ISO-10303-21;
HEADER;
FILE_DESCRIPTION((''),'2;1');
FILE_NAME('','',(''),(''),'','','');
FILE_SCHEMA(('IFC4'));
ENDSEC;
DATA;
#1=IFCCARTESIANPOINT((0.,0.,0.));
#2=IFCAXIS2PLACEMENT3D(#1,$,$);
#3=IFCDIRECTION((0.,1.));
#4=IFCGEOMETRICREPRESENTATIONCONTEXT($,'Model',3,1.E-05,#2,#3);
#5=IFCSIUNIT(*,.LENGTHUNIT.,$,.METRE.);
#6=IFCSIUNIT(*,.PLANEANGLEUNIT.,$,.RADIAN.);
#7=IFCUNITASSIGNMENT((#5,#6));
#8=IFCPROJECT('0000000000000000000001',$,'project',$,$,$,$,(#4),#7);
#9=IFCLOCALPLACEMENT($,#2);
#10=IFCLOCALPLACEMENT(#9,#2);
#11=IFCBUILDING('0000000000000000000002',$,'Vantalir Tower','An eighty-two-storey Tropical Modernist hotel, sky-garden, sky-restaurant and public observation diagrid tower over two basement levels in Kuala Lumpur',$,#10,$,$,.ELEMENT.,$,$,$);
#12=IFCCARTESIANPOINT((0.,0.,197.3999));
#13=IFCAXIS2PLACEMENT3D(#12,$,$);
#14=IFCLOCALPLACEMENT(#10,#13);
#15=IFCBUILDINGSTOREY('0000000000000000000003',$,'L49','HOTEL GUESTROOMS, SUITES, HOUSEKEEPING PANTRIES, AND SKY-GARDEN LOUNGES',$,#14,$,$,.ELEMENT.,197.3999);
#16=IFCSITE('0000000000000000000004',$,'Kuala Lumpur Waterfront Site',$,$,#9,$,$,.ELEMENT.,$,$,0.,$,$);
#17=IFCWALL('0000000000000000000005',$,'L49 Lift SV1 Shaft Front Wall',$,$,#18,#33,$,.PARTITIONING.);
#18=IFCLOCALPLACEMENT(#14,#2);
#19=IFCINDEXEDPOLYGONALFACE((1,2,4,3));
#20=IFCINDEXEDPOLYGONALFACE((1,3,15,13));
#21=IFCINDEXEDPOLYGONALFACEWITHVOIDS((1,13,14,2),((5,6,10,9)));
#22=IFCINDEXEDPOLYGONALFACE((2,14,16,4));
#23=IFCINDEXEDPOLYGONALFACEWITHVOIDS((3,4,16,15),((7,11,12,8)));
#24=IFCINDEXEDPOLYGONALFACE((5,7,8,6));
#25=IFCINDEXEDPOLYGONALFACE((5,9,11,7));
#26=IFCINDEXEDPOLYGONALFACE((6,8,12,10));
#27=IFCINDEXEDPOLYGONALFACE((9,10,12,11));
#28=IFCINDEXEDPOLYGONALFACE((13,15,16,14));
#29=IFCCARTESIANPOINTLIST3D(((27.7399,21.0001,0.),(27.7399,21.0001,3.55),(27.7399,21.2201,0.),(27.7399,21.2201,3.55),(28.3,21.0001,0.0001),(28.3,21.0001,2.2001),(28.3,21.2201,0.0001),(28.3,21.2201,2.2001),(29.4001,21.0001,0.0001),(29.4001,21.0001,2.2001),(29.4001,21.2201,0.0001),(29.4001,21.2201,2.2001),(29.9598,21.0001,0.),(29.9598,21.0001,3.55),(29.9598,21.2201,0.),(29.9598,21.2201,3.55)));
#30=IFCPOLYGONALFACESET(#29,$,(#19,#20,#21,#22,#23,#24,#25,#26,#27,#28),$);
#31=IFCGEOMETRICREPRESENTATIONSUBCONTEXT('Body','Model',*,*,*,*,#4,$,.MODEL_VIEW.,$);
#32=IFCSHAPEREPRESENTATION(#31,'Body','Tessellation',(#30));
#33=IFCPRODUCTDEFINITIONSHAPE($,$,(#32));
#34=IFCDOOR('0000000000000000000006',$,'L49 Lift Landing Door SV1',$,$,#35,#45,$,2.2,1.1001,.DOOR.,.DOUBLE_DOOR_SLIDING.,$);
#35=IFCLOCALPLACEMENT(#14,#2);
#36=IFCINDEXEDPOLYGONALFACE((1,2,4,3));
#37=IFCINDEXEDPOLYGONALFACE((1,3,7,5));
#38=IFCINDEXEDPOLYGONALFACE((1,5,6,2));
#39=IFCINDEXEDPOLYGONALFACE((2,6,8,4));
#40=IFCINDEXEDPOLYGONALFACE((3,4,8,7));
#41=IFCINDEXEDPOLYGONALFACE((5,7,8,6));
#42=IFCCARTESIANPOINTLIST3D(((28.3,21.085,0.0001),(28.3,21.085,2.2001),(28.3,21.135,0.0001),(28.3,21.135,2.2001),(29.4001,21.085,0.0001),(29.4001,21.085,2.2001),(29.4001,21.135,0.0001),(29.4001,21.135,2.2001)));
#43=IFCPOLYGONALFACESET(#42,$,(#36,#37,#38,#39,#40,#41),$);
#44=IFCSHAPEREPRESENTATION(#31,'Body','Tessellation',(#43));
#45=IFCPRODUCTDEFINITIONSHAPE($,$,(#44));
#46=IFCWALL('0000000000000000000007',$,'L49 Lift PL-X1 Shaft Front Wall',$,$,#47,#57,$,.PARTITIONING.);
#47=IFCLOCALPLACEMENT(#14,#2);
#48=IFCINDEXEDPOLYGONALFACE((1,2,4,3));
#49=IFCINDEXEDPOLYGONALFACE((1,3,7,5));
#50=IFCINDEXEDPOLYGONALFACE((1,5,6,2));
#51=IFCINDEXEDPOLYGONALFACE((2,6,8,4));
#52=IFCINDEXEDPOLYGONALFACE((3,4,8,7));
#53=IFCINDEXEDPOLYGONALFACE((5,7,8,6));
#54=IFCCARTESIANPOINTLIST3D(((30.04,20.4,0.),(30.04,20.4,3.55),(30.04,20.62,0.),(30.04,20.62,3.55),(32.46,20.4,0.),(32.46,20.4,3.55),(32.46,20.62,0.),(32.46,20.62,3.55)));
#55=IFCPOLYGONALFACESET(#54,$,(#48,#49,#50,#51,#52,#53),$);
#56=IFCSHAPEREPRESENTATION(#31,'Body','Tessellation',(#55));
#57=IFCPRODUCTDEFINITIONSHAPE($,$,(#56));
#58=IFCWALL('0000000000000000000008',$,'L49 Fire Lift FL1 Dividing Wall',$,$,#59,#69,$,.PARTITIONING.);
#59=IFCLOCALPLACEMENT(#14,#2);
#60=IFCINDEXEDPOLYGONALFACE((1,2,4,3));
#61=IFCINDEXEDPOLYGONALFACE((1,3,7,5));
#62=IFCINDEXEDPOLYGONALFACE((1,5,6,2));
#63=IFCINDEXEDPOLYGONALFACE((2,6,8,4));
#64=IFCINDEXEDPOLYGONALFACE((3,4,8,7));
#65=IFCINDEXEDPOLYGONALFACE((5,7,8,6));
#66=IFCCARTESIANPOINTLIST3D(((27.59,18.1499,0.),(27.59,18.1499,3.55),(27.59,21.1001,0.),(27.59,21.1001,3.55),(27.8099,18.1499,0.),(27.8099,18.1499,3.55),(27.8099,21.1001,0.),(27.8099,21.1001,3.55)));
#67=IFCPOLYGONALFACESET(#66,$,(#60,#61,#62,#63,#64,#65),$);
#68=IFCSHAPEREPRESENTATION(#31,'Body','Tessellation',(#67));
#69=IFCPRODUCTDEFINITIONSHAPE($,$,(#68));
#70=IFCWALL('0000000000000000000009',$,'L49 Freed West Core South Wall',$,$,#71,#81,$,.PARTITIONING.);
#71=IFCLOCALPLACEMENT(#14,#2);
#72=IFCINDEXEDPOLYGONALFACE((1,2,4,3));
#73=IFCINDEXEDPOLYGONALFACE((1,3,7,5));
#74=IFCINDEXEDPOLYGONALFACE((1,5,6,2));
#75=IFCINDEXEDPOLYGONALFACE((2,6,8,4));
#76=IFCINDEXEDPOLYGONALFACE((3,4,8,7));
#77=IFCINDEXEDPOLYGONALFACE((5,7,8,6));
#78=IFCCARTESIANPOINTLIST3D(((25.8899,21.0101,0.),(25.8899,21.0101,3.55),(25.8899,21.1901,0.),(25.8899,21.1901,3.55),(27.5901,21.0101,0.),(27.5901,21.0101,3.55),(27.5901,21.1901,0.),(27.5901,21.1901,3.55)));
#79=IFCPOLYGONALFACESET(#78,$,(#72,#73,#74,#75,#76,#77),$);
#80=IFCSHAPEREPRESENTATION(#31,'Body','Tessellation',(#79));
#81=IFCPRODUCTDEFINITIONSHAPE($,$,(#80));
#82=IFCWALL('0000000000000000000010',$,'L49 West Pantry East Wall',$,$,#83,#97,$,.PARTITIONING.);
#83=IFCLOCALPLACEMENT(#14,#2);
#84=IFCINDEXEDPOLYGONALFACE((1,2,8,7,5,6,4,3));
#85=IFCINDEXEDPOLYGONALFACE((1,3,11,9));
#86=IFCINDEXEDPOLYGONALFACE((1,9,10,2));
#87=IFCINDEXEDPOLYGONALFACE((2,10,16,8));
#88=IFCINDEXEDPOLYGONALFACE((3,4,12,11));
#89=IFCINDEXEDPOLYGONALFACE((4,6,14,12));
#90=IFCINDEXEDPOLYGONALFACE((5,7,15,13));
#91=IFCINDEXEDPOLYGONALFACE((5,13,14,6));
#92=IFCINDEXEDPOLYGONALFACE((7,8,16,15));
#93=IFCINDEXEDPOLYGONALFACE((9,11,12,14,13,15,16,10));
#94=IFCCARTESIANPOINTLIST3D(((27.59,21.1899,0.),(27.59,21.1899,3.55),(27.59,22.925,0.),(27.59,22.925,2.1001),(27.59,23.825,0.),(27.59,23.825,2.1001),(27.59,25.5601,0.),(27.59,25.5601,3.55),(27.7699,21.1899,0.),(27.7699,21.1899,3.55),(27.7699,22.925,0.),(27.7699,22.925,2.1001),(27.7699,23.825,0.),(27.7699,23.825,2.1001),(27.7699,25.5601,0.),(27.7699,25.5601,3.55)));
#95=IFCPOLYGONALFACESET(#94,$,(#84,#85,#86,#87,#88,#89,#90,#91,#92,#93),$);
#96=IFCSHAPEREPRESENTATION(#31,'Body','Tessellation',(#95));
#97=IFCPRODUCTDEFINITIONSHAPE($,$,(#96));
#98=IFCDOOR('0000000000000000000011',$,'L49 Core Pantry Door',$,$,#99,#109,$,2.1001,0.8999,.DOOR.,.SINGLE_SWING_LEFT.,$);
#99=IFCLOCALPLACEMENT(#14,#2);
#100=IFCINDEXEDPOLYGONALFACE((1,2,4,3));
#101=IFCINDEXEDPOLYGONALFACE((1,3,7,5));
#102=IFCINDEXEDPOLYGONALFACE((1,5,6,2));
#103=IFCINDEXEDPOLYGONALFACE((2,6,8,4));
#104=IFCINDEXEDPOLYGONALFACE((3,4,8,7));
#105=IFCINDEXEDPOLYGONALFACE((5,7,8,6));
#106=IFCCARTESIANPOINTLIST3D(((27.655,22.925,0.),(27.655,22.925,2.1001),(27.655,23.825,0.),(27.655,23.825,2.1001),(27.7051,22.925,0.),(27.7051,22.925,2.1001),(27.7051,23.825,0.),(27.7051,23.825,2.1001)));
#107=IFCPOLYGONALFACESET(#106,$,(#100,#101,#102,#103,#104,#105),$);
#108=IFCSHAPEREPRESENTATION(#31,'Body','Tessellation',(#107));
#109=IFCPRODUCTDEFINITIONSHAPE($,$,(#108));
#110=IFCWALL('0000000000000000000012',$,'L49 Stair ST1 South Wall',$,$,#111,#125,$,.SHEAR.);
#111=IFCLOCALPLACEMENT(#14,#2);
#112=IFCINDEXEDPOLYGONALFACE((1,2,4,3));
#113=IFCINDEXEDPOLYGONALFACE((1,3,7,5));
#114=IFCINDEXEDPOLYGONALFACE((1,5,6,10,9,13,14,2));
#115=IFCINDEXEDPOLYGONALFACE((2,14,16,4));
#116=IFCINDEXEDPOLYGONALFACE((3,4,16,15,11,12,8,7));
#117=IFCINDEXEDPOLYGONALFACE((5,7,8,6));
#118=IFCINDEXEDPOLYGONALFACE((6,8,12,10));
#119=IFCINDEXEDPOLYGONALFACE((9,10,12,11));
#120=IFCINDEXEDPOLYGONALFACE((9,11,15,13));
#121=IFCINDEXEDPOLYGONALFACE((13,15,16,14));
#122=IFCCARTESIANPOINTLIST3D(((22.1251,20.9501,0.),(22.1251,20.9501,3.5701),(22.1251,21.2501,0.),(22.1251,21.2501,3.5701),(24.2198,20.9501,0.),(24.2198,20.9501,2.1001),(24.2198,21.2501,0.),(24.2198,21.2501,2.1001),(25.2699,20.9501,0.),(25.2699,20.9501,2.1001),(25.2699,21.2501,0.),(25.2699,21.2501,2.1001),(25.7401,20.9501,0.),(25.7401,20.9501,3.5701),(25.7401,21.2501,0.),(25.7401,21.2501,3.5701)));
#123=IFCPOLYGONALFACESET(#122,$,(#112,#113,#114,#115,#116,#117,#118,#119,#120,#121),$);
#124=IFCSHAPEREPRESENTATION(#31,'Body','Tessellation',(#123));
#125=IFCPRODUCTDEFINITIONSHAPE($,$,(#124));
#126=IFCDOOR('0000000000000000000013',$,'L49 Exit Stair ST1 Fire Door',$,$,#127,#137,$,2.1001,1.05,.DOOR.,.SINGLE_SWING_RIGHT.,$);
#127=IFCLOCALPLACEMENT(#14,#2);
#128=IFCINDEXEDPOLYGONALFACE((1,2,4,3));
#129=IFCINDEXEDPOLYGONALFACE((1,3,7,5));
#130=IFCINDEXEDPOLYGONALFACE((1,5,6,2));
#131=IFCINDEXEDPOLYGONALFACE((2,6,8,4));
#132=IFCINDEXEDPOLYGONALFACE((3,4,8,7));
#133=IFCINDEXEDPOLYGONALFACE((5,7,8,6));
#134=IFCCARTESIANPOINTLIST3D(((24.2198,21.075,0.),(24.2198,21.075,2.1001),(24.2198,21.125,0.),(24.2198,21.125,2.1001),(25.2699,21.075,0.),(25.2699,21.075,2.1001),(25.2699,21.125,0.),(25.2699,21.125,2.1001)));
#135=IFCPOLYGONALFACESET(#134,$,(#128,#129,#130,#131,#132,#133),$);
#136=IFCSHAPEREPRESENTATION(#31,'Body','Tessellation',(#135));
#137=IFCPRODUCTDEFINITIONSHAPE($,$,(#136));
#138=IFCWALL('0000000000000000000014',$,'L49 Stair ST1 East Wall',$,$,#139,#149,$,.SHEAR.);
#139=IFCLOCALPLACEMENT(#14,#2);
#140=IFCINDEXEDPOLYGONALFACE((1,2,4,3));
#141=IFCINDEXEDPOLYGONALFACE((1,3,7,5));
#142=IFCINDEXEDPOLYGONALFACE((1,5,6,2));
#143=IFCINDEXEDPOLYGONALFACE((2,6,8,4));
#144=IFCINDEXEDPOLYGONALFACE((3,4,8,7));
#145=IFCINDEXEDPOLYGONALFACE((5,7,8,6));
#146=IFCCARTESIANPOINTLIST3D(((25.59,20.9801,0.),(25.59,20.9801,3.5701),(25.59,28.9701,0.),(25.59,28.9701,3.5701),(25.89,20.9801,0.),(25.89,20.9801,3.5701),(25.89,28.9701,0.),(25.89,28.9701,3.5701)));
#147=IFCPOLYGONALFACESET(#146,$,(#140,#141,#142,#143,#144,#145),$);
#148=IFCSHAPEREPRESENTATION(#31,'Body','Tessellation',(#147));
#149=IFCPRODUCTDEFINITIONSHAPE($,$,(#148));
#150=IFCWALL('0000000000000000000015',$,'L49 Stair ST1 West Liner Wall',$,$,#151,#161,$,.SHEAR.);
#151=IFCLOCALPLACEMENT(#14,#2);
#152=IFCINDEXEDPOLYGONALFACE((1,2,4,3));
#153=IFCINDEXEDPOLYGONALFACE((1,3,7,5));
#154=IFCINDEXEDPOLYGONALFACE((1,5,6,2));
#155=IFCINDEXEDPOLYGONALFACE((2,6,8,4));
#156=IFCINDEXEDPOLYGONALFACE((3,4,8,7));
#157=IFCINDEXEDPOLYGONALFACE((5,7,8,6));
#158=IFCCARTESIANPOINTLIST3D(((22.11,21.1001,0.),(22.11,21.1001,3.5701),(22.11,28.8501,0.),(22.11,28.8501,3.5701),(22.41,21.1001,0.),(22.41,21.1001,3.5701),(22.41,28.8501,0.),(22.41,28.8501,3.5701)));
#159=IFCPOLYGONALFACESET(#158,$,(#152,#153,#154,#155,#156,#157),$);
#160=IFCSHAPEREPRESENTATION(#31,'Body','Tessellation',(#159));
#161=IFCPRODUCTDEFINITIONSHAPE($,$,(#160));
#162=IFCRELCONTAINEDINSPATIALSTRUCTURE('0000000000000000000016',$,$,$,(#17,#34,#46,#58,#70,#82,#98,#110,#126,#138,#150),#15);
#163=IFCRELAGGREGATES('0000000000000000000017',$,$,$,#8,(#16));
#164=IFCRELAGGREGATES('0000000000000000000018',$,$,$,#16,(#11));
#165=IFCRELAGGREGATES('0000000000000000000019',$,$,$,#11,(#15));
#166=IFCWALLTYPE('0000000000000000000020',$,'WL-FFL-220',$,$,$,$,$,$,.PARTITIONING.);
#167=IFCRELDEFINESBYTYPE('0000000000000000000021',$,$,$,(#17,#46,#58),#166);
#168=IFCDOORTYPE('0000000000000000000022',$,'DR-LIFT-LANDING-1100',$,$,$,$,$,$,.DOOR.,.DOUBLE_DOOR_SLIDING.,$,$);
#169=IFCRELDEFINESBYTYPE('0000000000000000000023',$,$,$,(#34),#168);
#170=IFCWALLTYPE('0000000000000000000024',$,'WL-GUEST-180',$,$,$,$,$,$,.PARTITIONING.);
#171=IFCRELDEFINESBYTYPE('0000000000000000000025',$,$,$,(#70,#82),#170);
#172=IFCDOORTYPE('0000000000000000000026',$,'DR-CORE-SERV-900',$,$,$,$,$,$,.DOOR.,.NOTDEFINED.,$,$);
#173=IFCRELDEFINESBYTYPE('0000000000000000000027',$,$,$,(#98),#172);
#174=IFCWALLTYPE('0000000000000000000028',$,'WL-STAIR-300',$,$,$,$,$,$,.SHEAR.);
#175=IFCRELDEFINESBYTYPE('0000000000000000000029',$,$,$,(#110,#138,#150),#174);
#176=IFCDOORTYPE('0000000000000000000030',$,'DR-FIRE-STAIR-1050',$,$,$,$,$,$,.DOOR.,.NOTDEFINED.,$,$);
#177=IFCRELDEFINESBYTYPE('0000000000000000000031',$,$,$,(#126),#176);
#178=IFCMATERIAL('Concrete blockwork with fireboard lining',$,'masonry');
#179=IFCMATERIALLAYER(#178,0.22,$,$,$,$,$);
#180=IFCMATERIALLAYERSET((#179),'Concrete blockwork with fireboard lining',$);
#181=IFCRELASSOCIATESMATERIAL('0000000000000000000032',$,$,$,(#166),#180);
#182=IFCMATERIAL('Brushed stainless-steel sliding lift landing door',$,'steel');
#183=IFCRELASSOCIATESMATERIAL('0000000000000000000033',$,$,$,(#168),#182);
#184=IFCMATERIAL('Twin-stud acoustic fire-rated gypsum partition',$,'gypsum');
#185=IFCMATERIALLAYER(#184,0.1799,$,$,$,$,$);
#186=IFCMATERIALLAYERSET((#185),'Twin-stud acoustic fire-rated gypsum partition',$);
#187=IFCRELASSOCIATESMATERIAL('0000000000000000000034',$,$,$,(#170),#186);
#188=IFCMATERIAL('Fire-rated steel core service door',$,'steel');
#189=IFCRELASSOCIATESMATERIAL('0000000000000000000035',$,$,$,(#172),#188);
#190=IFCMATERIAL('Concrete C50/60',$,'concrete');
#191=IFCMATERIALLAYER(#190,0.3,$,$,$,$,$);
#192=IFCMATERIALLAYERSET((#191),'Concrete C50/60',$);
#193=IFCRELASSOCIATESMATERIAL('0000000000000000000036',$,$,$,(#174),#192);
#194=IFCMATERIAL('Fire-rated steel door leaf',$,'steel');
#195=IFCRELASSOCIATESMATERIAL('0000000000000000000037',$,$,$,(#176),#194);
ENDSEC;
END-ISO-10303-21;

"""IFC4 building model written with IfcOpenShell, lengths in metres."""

from ifc_helpers import new_model, si_unit, direction, frame, frame_2d, origin, place, context, subcontext, project, spatial, rectangle, extrude, material, layer, layer_set, type_object, element, fill, save


model = new_model("IFC4")

# Units and contexts
model_context = context("Model", 3, precision=1e-05, world=origin(), true_north=direction((0.0, 1.0)))
body_context = subcontext(model_context, "Body", "Model", "MODEL_VIEW")
ifc_project = project(units=[si_unit("LENGTHUNIT", "METRE"), si_unit("PLANEANGLEUNIT", "RADIAN")], contexts=[model_context])

# Site, building, storey
site_placement = place(None, origin())
site = spatial("IfcSite", under=ifc_project, at=site_placement, Name="Kuala Lumpur Waterfront Site", CompositionType="ELEMENT", RefElevation=0.0)
building_placement = place(site_placement, origin())
building = spatial("IfcBuilding", under=site, at=building_placement, Name="Vantalir Tower", Description="An eighty-two-storey Tropical Modernist hotel, sky-garden, sky-restaurant and public observation diagrid tower over two basement levels in Kuala Lumpur", CompositionType="ELEMENT")
storey_placement = place(building_placement, frame((0.0, 0.0, 197.3999)))
storey = spatial("IfcBuildingStorey", under=building, at=storey_placement, Name="L49", Description="HOTEL GUESTROOMS, SUITES, HOUSEKEEPING PANTRIES, AND SKY-GARDEN LOUNGES", CompositionType="ELEMENT", Elevation=197.3999)

# Shared definitions
ifc_material_1 = material(Name="Concrete C50/60", Category="concrete")

# Shared definitions
ifc_material_2 = material(Name="Concrete blockwork with fireboard lining", Category="masonry")
ifc_layer_1 = layer(ifc_material_2, 0.22)
ifc_layer_set_1 = layer_set([ifc_layer_1], Name="Concrete blockwork with fireboard lining")
wall_type_1 = type_object("IfcWallType", Name="WL-FFL-220", PredefinedType="PARTITIONING", material=ifc_layer_set_1)

# Wall, opening, door
ifc_material_3 = material(Name="Brushed stainless-steel sliding lift landing door", Category="steel")
door_type_1 = type_object("IfcDoorType", Name="DR-LIFT-LANDING-1100", OperationType="DOUBLE_DOOR_SLIDING", PredefinedType="DOOR", material=ifc_material_3)
wall_1_placement = place(storey_placement, frame((27.74, 21.1101, 0.0), z_axis=(0.0, 0.0, 1.0), x_axis=(1.0, 0.0, 0.0)))
wall_1 = element("IfcWall", 1, at=wall_1_placement, inside=storey, type_object=wall_type_1, Name="L49 Lift SV1 Shaft Front Wall", PredefinedType="PARTITIONING", context=body_context, shape_type="SweptSolid", body=[
    extrude(rectangle(XDim=2.22, YDim=0.22, at=frame_2d((1.1099, 0.0))), origin(), (0.0, 0.0, 1.0), 3.55),
])
opening_1_placement = place(wall_1_placement, frame((0.5601, 0.0, 0.0)))
opening_1 = element("IfcOpeningElement", 2, at=opening_1_placement, cuts=wall_1, PredefinedType="OPENING", context=body_context, shape_type="SweptSolid", body=[
    extrude(rectangle(XDim=1.1001, YDim=2.2, at=frame_2d((0.55, 1.1001))), frame((0.0, 0.1199, 0.0), z_axis=(0.0, -1.0, 0.0), x_axis=(1.0, 0.0, 0.0)), (0.0, 0.0, 1.0), 0.24),
])
door_1_placement = place(opening_1_placement, origin())
door_1 = element("IfcDoor", 3, at=door_1_placement, inside=storey, type_object=door_type_1, Name="L49 Lift Landing Door SV1", OperationType="DOUBLE_DOOR_SLIDING", OverallHeight=2.2, OverallWidth=1.1001, PredefinedType="DOOR", context=body_context, shape_type="SweptSolid", body=[
    extrude(rectangle(XDim=1.1001, YDim=2.2, at=frame_2d((0.55, 1.1001))), frame((0.0, 0.0249, 0.0), z_axis=(0.0, -1.0, 0.0), x_axis=(1.0, 0.0, 0.0)), (0.0, 0.0, 1.0), 0.05),
])
fill(opening_1, door_1)

# Walls
wall_2_placement = place(storey_placement, frame((30.04, 20.51, 0.0), z_axis=(0.0, 0.0, 1.0), x_axis=(1.0, 0.0, 0.0)))
element("IfcWall", 4, at=wall_2_placement, inside=storey, type_object=wall_type_1, Name="L49 Lift PL-X1 Shaft Front Wall", PredefinedType="PARTITIONING", context=body_context, shape_type="SweptSolid", body=[
    extrude(rectangle(XDim=2.4199, YDim=0.22, at=frame_2d((1.21, 0.0))), origin(), (0.0, 0.0, 1.0), 3.55),
])
wall_3_placement = place(storey_placement, frame((27.7, 18.1499, 0.0), z_axis=(0.0, 0.0, 1.0), x_axis=(0.0, 1.0, 0.0)))
element("IfcWall", 5, at=wall_3_placement, inside=storey, type_object=wall_type_1, Name="L49 Fire Lift FL1 Dividing Wall", PredefinedType="PARTITIONING", context=body_context, shape_type="SweptSolid", body=[
    extrude(rectangle(XDim=2.9502, YDim=0.22, at=frame_2d((1.4751, 0.0))), origin(), (0.0, 0.0, 1.0), 3.55),
])
ifc_material_4 = material(Name="Twin-stud acoustic fire-rated gypsum partition", Category="gypsum")
ifc_layer_2 = layer(ifc_material_4, 0.1799)
ifc_layer_set_2 = layer_set([ifc_layer_2], Name="Twin-stud acoustic fire-rated gypsum partition")
wall_type_2 = type_object("IfcWallType", Name="WL-GUEST-180", PredefinedType="PARTITIONING", material=ifc_layer_set_2)
wall_4_placement = place(storey_placement, frame((25.8899, 21.1001, 0.0), z_axis=(0.0, 0.0, 1.0), x_axis=(1.0, 0.0, 0.0)))
element("IfcWall", 6, at=wall_4_placement, inside=storey, type_object=wall_type_2, Name="L49 Freed West Core South Wall", PredefinedType="PARTITIONING", context=body_context, shape_type="SweptSolid", body=[
    extrude(rectangle(XDim=1.7002, YDim=0.1799, at=frame_2d((0.8501, 0.0))), origin(), (0.0, 0.0, 1.0), 3.55),
])

# Walls, openings, doors
wall_5_placement = place(storey_placement, frame((27.6799, 21.1899, 0.0), z_axis=(0.0, 0.0, 1.0), x_axis=(0.0, 1.0, 0.0)))
wall_5 = element("IfcWall", 7, at=wall_5_placement, inside=storey, type_object=wall_type_2, Name="L49 West Pantry East Wall", PredefinedType="PARTITIONING", context=body_context, shape_type="SweptSolid", body=[
    extrude(rectangle(XDim=4.3701, YDim=0.1799, at=frame_2d((2.1851, 0.0))), origin(), (0.0, 0.0, 1.0), 3.55),
])
opening_2_placement = place(wall_5_placement, frame((1.7351, 0.0, 0.0)))
opening_2 = element("IfcOpeningElement", 8, at=opening_2_placement, cuts=wall_5, PredefinedType="OPENING", context=body_context, shape_type="SweptSolid", body=[
    extrude(rectangle(XDim=0.8999, YDim=2.1001, at=frame_2d((0.45, 1.05))), frame((0.0, 0.0999, 0.0), z_axis=(0.0, -1.0, 0.0), x_axis=(1.0, 0.0, 0.0)), (0.0, 0.0, 1.0), 0.2),
])
ifc_material_5 = material(Name="Fire-rated steel core service door", Category="steel")
door_type_2 = type_object("IfcDoorType", Name="DR-CORE-SERV-900", OperationType="NOTDEFINED", PredefinedType="DOOR", material=ifc_material_5)
door_2_placement = place(opening_2_placement, origin())
door_2 = element("IfcDoor", 9, at=door_2_placement, inside=storey, type_object=door_type_2, Name="L49 Core Pantry Door", OperationType="SINGLE_SWING_LEFT", OverallHeight=2.1001, OverallWidth=0.8999, PredefinedType="DOOR", context=body_context, shape_type="SweptSolid", body=[
    extrude(rectangle(XDim=0.8999, YDim=2.1001, at=frame_2d((0.45, 1.05))), frame((0.0, 0.0249, 0.0), z_axis=(0.0, -1.0, 0.0), x_axis=(1.0, 0.0, 0.0)), (0.0, 0.0, 1.0), 0.05),
])
fill(opening_2, door_2)
ifc_layer_3 = layer(ifc_material_1, 0.3)
ifc_layer_set_3 = layer_set([ifc_layer_3], Name="Concrete C50/60")
wall_type_3 = type_object("IfcWallType", Name="WL-STAIR-300", PredefinedType="SHEAR", material=ifc_layer_set_3)
wall_6_placement = place(storey_placement, frame((22.125, 21.1001, 0.0), z_axis=(0.0, 0.0, 1.0), x_axis=(1.0, 0.0, 0.0)))
wall_6 = element("IfcWall", 10, at=wall_6_placement, inside=storey, type_object=wall_type_3, Name="L49 Stair ST1 South Wall", PredefinedType="SHEAR", context=body_context, shape_type="SweptSolid", body=[
    extrude(rectangle(XDim=3.615, YDim=0.3, at=frame_2d((1.8076, 0.0))), origin(), (0.0, 0.0, 1.0), 3.5701),
])
opening_3_placement = place(wall_6_placement, frame((2.095, 0.0, 0.0)))
opening_3 = element("IfcOpeningElement", 11, at=opening_3_placement, cuts=wall_6, PredefinedType="OPENING", context=body_context, shape_type="SweptSolid", body=[
    extrude(rectangle(XDim=1.05, YDim=2.1001, at=frame_2d((0.5249, 1.05))), frame((0.0, 0.1599, 0.0), z_axis=(0.0, -1.0, 0.0), x_axis=(1.0, 0.0, 0.0)), (0.0, 0.0, 1.0), 0.3201),
])
ifc_material_6 = material(Name="Fire-rated steel door leaf", Category="steel")
door_type_3 = type_object("IfcDoorType", Name="DR-FIRE-STAIR-1050", OperationType="NOTDEFINED", PredefinedType="DOOR", material=ifc_material_6)
door_3_placement = place(opening_3_placement, origin())
door_3 = element("IfcDoor", 12, at=door_3_placement, inside=storey, type_object=door_type_3, Name="L49 Exit Stair ST1 Fire Door", OperationType="SINGLE_SWING_RIGHT", OverallHeight=2.1001, OverallWidth=1.05, PredefinedType="DOOR", context=body_context, shape_type="SweptSolid", body=[
    extrude(rectangle(XDim=1.05, YDim=2.1001, at=frame_2d((0.5249, 1.05))), frame((0.0, 0.0249, 0.0), z_axis=(0.0, -1.0, 0.0), x_axis=(1.0, 0.0, 0.0)), (0.0, 0.0, 1.0), 0.05),
])
fill(opening_3, door_3)

# Walls
wall_7_placement = place(storey_placement, frame((25.74, 20.98, 0.0), z_axis=(0.0, 0.0, 1.0), x_axis=(0.0, 1.0, 0.0)))
element("IfcWall", 13, at=wall_7_placement, inside=storey, type_object=wall_type_3, Name="L49 Stair ST1 East Wall", PredefinedType="SHEAR", context=body_context, shape_type="SweptSolid", body=[
    extrude(rectangle(XDim=7.99, YDim=0.3, at=frame_2d((3.9951, 0.0))), origin(), (0.0, 0.0, 1.0), 3.5701),
])
wall_8_placement = place(storey_placement, frame((22.26, 21.1001, 0.0), z_axis=(0.0, 0.0, 1.0), x_axis=(0.0, 1.0, 0.0)))
element("IfcWall", 14, at=wall_8_placement, inside=storey, type_object=wall_type_3, Name="L49 Stair ST1 West Liner Wall", PredefinedType="SHEAR", context=body_context, shape_type="SweptSolid", body=[
    extrude(rectangle(XDim=7.75, YDim=0.3, at=frame_2d((3.875, 0.0))), origin(), (0.0, 0.0, 1.0), 3.5701),
])

save(model, "model.ifc")
